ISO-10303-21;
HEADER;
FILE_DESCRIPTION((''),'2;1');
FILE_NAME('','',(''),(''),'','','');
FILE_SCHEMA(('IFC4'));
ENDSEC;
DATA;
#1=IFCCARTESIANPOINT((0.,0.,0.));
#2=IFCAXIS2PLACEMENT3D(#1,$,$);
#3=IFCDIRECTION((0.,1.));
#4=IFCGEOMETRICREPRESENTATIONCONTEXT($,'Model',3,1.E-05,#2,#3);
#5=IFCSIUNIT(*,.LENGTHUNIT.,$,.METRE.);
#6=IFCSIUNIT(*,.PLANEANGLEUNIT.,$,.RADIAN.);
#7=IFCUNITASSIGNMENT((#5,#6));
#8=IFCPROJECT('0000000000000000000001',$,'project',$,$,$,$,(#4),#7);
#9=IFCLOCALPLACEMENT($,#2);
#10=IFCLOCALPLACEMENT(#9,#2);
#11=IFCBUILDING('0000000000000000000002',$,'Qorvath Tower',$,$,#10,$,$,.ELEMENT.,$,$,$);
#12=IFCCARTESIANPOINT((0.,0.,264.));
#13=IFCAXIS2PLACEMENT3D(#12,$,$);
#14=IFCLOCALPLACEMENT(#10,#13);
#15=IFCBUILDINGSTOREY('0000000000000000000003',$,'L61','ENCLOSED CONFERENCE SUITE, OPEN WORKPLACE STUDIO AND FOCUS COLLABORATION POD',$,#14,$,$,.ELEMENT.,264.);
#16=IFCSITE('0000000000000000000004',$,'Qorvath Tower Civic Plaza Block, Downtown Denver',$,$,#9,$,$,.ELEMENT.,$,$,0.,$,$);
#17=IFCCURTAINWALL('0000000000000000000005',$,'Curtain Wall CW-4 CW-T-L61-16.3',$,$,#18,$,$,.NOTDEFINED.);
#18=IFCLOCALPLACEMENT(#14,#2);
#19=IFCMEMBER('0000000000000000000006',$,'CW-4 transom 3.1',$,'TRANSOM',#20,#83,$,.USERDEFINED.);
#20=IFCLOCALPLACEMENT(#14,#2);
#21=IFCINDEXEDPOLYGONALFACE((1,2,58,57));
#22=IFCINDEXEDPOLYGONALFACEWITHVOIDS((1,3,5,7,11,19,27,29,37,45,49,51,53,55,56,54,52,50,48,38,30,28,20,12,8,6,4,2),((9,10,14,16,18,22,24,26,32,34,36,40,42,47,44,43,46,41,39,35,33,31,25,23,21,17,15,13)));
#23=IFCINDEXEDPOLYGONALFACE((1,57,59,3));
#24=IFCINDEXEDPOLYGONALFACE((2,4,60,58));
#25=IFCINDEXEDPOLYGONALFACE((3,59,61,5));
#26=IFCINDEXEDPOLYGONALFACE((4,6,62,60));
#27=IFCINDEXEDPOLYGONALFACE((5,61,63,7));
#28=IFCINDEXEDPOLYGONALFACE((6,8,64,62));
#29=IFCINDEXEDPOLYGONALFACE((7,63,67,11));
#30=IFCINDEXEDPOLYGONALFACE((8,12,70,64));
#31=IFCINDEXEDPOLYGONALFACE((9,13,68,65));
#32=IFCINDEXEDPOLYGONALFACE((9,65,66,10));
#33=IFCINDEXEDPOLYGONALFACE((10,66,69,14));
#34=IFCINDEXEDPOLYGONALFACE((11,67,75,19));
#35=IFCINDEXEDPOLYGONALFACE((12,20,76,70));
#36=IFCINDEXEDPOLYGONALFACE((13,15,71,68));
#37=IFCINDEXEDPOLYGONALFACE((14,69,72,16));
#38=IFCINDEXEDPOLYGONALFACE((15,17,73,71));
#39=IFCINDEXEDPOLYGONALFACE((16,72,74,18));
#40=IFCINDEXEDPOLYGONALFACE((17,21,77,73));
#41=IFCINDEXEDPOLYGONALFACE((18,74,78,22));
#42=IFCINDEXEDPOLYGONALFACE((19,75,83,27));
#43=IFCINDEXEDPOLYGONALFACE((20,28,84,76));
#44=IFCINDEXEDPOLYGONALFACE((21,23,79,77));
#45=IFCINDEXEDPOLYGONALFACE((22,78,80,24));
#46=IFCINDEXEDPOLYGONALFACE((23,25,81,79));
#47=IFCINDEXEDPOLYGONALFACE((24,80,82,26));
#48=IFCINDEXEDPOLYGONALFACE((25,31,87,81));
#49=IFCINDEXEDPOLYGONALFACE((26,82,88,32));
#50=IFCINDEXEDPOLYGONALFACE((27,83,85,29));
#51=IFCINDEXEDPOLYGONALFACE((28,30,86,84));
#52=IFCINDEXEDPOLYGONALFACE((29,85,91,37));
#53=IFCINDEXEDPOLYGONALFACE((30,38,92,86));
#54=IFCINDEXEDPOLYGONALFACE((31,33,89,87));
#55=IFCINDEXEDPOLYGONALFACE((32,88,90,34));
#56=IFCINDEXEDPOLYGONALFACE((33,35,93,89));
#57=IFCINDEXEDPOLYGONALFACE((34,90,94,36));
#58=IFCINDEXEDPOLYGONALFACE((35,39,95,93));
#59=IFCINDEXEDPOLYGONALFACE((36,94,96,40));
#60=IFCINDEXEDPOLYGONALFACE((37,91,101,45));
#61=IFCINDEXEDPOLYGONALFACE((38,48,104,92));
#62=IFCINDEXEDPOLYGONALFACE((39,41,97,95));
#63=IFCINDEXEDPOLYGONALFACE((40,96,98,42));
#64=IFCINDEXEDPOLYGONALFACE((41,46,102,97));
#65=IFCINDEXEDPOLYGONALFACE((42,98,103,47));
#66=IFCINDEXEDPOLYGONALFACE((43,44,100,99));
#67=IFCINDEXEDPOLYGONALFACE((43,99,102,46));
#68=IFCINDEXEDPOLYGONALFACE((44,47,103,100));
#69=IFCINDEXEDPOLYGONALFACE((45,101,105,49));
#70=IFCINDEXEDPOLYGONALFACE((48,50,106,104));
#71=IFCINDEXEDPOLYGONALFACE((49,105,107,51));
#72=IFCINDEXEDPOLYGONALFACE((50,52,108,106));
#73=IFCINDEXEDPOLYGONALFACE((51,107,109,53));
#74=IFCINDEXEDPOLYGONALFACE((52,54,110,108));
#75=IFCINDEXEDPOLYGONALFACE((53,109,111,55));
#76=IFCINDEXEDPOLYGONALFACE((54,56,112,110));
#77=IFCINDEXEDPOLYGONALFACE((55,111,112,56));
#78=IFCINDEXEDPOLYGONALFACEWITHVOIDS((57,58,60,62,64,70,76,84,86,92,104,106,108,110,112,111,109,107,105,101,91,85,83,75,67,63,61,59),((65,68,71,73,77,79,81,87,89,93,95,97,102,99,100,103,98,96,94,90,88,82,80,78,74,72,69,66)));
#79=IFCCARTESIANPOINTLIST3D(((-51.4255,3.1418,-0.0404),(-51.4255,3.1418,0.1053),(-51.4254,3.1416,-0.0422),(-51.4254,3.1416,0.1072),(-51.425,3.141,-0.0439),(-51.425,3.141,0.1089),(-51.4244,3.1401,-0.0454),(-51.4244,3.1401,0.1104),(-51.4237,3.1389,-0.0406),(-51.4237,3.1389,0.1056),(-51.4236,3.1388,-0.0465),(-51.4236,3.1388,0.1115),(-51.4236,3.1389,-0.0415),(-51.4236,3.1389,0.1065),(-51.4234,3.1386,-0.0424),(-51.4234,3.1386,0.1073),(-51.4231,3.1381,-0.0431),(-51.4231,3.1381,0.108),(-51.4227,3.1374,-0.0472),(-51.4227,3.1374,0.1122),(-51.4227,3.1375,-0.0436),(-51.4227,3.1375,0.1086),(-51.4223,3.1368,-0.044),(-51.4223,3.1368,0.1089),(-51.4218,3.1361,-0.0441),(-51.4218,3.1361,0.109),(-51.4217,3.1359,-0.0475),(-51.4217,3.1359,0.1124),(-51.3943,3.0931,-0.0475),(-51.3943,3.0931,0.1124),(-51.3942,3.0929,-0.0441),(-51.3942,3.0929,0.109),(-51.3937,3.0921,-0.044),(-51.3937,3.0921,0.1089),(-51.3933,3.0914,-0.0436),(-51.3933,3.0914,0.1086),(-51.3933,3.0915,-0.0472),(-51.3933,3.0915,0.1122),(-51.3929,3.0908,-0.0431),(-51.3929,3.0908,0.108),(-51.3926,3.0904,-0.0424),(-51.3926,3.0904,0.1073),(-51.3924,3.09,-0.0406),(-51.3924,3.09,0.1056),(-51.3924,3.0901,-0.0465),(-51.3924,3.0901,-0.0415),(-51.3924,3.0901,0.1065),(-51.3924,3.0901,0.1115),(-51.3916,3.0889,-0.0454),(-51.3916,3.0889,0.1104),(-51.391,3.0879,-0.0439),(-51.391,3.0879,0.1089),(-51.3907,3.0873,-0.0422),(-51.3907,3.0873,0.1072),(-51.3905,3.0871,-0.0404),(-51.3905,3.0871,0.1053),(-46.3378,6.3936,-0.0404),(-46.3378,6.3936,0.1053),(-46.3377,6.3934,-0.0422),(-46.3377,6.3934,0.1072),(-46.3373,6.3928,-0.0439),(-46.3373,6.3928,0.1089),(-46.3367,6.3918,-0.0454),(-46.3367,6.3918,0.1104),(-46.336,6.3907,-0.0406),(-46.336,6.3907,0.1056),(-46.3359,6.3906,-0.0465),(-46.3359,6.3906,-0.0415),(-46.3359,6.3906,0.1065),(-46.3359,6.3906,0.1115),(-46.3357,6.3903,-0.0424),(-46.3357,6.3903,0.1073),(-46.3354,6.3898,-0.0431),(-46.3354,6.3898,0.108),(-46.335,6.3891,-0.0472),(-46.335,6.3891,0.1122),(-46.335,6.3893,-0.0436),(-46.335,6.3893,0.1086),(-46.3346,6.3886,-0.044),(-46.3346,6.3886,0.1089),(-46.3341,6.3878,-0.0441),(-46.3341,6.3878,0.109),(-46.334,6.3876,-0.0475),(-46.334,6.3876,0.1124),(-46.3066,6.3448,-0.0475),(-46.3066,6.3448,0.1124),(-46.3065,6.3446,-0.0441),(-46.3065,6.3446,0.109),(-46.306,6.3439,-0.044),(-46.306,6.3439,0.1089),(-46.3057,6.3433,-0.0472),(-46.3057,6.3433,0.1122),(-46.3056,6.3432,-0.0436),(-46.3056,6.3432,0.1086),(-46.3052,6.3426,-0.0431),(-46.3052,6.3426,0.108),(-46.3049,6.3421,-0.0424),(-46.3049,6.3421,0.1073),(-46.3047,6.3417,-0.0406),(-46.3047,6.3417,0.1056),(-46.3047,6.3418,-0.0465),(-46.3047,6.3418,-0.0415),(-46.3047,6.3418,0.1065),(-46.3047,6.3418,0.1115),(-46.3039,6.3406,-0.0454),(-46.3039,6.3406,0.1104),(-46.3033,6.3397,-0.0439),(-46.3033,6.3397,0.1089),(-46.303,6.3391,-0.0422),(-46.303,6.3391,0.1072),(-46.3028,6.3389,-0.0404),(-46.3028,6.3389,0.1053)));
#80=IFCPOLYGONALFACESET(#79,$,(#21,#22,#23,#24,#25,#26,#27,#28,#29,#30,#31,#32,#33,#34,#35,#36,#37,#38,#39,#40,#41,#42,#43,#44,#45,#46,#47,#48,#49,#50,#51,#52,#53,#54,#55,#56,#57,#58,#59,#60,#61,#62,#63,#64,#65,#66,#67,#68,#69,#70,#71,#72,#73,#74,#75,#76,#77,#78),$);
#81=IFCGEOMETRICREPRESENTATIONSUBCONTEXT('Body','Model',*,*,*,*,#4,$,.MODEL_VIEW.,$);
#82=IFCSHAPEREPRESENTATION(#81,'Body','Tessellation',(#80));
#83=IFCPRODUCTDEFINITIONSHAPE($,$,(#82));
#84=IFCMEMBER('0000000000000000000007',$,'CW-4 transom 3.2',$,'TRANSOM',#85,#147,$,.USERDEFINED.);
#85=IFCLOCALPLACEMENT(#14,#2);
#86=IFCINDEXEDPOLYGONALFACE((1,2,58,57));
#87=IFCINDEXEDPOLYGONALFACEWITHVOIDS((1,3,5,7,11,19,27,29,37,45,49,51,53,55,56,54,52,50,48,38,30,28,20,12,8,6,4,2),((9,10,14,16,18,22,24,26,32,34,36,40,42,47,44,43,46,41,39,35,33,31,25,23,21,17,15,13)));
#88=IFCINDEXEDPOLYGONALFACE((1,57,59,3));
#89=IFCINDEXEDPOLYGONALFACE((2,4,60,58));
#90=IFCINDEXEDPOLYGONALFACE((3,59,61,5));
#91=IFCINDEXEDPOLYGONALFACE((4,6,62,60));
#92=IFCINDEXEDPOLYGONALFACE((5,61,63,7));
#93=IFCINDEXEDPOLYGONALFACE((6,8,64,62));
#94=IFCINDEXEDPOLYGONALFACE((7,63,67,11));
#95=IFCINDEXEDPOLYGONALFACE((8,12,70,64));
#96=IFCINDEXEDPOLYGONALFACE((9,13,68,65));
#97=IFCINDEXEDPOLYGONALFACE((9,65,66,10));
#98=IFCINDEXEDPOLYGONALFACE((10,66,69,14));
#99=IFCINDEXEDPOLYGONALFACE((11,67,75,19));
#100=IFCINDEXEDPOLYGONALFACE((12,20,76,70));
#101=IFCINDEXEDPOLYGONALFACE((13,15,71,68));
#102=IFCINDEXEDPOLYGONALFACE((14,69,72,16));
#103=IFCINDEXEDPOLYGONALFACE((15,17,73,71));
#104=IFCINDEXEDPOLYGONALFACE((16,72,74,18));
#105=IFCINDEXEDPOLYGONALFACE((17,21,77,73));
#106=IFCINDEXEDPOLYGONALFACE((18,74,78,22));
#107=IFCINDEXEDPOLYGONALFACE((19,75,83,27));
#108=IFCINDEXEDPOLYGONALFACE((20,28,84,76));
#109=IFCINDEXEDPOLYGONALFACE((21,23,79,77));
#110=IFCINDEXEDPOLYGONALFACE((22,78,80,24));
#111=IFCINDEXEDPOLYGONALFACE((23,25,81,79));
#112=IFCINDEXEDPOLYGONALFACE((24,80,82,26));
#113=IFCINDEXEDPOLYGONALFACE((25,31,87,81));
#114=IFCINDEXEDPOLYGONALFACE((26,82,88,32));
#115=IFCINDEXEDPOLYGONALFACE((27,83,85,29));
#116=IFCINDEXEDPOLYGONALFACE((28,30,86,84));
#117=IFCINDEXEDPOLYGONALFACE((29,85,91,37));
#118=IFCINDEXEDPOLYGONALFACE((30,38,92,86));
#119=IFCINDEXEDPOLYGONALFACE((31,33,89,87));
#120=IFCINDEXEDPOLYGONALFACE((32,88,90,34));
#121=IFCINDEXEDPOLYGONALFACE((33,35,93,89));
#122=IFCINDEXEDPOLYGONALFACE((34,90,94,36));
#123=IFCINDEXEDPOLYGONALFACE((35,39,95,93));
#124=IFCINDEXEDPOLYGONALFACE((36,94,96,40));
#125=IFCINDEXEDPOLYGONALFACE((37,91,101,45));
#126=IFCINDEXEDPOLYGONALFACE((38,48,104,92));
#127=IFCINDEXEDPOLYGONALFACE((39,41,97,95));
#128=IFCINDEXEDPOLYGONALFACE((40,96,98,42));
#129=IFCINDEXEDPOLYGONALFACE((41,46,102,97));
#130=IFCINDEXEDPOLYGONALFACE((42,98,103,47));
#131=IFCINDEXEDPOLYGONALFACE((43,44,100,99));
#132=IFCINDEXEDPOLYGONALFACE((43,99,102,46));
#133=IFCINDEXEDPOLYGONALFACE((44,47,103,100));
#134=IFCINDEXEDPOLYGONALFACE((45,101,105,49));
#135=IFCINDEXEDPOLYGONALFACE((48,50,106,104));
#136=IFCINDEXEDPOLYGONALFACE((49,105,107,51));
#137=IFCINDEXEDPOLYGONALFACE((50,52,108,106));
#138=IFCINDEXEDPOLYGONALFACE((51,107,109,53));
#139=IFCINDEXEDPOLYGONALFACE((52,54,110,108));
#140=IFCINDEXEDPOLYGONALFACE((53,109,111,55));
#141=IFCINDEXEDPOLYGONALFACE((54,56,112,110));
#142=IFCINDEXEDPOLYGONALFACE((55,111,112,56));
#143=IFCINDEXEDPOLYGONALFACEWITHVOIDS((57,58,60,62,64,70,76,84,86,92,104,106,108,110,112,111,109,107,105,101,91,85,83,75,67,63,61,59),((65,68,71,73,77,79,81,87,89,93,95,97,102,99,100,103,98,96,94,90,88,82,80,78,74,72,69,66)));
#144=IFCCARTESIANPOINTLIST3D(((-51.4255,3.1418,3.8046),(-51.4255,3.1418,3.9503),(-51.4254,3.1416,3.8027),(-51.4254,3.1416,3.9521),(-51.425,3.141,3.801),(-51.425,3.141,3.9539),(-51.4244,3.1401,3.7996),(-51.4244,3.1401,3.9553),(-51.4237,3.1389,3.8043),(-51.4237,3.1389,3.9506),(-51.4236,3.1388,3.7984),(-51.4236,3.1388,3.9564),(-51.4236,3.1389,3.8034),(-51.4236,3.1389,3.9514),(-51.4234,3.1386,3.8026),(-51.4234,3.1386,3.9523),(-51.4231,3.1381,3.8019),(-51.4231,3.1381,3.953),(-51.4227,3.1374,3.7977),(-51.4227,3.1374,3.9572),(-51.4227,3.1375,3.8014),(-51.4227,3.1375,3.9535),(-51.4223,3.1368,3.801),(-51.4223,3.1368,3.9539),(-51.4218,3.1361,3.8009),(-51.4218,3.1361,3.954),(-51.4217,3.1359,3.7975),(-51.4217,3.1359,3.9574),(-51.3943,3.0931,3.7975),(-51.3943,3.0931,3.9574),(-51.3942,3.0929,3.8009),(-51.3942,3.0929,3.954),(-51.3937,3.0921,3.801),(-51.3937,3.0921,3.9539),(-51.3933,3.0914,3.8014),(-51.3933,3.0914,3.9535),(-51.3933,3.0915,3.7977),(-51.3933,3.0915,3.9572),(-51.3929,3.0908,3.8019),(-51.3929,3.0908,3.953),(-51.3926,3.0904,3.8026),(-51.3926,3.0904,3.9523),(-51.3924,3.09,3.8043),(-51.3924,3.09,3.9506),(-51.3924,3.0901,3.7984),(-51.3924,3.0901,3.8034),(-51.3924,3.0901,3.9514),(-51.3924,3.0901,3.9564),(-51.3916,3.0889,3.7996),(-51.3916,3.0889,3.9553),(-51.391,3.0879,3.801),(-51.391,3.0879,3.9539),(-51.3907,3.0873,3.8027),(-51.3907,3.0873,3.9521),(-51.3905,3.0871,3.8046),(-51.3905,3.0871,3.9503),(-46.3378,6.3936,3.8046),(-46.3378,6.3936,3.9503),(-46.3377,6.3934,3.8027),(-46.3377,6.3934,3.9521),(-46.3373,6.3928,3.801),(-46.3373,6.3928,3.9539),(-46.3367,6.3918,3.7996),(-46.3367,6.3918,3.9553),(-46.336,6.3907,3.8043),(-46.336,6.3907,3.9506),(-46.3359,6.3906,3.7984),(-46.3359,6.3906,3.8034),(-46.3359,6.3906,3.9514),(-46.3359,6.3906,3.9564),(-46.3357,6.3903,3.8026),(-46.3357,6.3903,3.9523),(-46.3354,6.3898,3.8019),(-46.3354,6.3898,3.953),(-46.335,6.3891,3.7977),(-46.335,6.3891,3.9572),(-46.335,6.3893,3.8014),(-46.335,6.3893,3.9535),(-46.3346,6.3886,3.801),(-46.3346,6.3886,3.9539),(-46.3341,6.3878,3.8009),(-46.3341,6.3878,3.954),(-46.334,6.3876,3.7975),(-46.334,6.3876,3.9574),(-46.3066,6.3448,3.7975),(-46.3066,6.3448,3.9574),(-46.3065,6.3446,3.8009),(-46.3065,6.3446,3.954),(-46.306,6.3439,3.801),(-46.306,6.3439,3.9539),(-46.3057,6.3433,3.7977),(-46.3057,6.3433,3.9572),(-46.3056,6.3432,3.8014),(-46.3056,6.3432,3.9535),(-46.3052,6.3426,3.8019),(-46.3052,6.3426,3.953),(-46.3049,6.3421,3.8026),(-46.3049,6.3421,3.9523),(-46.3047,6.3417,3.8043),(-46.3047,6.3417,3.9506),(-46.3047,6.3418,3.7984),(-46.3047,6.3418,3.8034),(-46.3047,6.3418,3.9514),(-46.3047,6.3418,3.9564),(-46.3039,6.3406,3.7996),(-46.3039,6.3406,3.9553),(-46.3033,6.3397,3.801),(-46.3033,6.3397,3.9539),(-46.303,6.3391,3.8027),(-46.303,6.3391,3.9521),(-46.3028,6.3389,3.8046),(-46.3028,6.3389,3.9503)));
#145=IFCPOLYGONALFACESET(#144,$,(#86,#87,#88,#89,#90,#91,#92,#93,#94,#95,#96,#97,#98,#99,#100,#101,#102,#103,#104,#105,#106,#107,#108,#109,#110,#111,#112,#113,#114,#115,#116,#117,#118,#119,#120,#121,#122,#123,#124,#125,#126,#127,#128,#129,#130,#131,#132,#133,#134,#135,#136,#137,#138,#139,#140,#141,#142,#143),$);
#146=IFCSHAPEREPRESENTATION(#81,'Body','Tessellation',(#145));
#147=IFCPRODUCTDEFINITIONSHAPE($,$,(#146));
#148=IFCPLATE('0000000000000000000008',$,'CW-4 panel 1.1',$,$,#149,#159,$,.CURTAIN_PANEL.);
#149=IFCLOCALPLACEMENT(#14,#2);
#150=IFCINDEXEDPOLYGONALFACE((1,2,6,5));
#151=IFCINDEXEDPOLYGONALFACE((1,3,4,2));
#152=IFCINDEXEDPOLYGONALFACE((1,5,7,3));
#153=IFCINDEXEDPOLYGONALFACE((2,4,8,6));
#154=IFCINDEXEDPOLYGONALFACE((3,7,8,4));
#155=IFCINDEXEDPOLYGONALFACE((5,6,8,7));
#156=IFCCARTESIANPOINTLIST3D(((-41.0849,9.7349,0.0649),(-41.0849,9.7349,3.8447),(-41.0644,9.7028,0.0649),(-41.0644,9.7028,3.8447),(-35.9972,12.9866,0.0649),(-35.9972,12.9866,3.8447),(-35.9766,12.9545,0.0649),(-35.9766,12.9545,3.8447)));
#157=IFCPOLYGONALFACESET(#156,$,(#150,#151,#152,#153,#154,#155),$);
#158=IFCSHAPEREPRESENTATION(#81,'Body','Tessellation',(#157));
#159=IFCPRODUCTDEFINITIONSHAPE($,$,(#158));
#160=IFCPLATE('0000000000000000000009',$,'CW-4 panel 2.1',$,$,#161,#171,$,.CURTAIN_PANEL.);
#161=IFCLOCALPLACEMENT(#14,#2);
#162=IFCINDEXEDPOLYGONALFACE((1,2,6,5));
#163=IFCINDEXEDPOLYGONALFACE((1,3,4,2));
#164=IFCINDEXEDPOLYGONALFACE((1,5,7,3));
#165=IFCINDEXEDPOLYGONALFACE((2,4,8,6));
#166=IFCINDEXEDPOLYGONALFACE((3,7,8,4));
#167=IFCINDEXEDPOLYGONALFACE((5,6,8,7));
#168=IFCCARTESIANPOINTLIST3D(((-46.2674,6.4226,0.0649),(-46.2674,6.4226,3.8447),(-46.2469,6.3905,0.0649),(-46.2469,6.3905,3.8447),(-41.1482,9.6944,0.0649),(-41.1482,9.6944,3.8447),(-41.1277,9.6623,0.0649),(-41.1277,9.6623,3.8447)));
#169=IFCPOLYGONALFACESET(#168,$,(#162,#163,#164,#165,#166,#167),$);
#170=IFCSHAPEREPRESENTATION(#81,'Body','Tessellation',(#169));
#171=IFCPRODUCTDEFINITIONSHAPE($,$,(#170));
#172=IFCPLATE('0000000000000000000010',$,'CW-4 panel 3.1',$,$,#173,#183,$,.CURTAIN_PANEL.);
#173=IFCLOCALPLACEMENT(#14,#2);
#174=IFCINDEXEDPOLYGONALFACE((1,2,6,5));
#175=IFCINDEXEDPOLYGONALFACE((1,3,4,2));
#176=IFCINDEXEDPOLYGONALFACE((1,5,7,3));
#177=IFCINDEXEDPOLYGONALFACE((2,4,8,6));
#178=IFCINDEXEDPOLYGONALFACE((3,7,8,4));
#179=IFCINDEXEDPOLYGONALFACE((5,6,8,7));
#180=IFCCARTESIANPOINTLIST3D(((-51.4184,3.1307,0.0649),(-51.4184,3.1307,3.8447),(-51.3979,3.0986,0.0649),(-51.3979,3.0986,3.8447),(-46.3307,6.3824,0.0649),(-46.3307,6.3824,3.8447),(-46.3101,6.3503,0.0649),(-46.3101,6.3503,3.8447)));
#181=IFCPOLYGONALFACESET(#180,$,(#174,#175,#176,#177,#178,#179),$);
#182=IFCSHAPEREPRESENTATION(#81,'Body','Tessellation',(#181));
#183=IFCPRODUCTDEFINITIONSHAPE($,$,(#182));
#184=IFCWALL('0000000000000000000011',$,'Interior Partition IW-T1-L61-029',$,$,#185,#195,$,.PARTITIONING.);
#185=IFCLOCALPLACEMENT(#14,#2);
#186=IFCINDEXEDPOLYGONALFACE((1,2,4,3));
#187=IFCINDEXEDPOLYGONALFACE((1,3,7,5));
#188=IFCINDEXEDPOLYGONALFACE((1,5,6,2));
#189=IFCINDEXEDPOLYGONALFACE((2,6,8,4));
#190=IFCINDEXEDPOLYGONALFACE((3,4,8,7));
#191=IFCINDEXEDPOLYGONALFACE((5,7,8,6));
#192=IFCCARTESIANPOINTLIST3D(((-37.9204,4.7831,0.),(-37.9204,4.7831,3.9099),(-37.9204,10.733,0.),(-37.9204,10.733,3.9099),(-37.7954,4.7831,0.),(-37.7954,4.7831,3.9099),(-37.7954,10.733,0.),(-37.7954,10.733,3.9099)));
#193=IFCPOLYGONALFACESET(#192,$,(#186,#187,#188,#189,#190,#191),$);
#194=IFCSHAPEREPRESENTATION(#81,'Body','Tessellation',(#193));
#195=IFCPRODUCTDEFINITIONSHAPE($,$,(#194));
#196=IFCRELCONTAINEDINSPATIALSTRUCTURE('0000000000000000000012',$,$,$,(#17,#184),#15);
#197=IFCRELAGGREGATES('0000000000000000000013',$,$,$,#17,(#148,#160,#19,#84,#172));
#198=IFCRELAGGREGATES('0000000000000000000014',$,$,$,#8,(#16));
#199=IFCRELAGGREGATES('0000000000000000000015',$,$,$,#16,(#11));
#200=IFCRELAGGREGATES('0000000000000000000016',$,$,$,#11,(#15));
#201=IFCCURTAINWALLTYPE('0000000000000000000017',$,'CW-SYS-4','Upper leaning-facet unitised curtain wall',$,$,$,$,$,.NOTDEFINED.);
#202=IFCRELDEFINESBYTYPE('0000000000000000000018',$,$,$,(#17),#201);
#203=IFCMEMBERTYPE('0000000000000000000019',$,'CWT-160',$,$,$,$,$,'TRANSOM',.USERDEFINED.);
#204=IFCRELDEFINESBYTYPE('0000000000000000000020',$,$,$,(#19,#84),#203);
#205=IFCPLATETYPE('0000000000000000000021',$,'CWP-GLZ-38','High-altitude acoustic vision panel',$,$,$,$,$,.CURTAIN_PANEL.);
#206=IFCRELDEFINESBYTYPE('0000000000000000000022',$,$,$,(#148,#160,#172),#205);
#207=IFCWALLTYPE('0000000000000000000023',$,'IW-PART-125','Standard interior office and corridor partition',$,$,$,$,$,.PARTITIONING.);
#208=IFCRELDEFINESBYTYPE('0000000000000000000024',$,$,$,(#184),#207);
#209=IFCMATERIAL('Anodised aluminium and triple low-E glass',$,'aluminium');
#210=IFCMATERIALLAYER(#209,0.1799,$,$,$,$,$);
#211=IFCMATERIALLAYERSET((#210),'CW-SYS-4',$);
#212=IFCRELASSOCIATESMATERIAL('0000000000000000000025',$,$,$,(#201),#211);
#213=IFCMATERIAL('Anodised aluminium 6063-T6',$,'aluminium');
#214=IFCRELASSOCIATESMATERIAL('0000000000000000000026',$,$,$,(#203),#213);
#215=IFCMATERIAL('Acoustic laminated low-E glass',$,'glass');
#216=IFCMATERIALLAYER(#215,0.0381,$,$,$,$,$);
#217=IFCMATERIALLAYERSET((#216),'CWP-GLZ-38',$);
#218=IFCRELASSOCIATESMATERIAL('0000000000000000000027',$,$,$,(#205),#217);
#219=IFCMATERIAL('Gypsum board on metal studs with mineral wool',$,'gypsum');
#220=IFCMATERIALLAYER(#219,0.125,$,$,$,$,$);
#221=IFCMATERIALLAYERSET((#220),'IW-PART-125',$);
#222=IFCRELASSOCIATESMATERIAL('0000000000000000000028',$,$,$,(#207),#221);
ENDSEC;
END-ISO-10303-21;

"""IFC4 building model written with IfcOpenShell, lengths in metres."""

from ifc_helpers import new_model, si_unit, direction, frame, frame_2d, origin, origin_2d, place, context, subcontext, project, spatial, rectangle, hollow_rectangle, extrude, material, layer, layer_set, material_profile, profile_set, type_object, element, aggregate, save


model = new_model("IFC4")

# Units and contexts
model_context = context("Model", 3, precision=1e-05, world=origin(), true_north=direction((0.0, 1.0)))
body_context = subcontext(model_context, "Body", "Model", "MODEL_VIEW")
ifc_project = project(units=[si_unit("LENGTHUNIT", "METRE"), si_unit("PLANEANGLEUNIT", "RADIAN")], contexts=[model_context])

# Site, building, storey
site_placement = place(None, origin())
site = spatial("IfcSite", under=ifc_project, at=site_placement, Name="Qorvath Tower Civic Plaza Block, Downtown Denver", CompositionType="ELEMENT", RefElevation=0.0)
building_placement = place(site_placement, origin())
building = spatial("IfcBuilding", under=site, at=building_placement, Name="Qorvath Tower", CompositionType="ELEMENT")
storey_placement = place(building_placement, frame((0.0, 0.0, 264.0)))
storey = spatial("IfcBuildingStorey", under=building, at=storey_placement, Name="L61", Description="ENCLOSED CONFERENCE SUITE, OPEN WORKPLACE STUDIO AND FOCUS COLLABORATION POD", CompositionType="ELEMENT", Elevation=264.0)

# Curtain wall, members, plates
ifc_material_1 = material(Name="Anodised aluminium and triple low-E glass", Category="aluminium")
ifc_layer_1 = layer(ifc_material_1, 0.1799)
ifc_layer_set_1 = layer_set([ifc_layer_1], Name="CW-SYS-4")
curtain_wall_type = type_object("IfcCurtainWallType", Name="CW-SYS-4", Description="Upper leaning-facet unitised curtain wall", PredefinedType="NOTDEFINED", material=ifc_layer_set_1)
curtain_wall_placement = place(storey_placement, origin())
curtain_wall = element("IfcCurtainWall", 1, at=curtain_wall_placement, inside=storey, type_object=curtain_wall_type, Name="Curtain Wall CW-4 CW-T-L61-16.3", PredefinedType="NOTDEFINED")
ifc_material_2 = material(Name="Anodised aluminium 6063-T6", Category="aluminium")
ifc_material_profile_1 = material_profile(ifc_material_2, hollow_rectangle(XDim=0.0649, YDim=0.1599, WallThickness=0.0034, InnerFilletRadius=0.0034, OuterFilletRadius=0.0071, at=origin_2d()), Name="CWT 160x65")
ifc_profile_set_1 = profile_set([ifc_material_profile_1], Name="Anodised aluminium 6063-T6")
member_type_1 = type_object("IfcMemberType", Name="CWT-160", ElementType="TRANSOM", PredefinedType="USERDEFINED", material=ifc_profile_set_1)
member_1_placement = place(storey_placement, frame((-46.3203, 6.3662, 0.0325), z_axis=(-0.842601, -0.538538, 0.0), x_axis=(0.538538, -0.842601, 0.0)))
member_1 = element("IfcMember", 2, at=member_1_placement, type_object=member_type_1, Name="CW-4 transom 3.1", ObjectType="TRANSOM", PredefinedType="USERDEFINED", context=body_context, shape_type="SweptSolid", body=[
    extrude(hollow_rectangle(XDim=0.0649, YDim=0.1599, WallThickness=0.0034, InnerFilletRadius=0.0034, OuterFilletRadius=0.0071, at=origin_2d()), origin(), (0.0, 0.0, 1.0), 6.0381),
])
member_2_placement = place(storey_placement, frame((-46.3203, 6.3662, 3.8774), z_axis=(-0.842601, -0.538538, 0.0), x_axis=(0.538538, -0.842601, 0.0)))
member_2 = element("IfcMember", 3, at=member_2_placement, type_object=member_type_1, Name="CW-4 transom 3.2", ObjectType="TRANSOM", PredefinedType="USERDEFINED", context=body_context, shape_type="SweptSolid", body=[
    extrude(hollow_rectangle(XDim=0.0649, YDim=0.1599, WallThickness=0.0034, InnerFilletRadius=0.0034, OuterFilletRadius=0.0071, at=origin_2d()), origin(), (0.0, 0.0, 1.0), 6.0381),
])
ifc_material_3 = material(Name="Acoustic laminated low-E glass", Category="glass")
ifc_layer_2 = layer(ifc_material_3, 0.0381)
ifc_layer_set_2 = layer_set([ifc_layer_2], Name="CWP-GLZ-38")
plate_type = type_object("IfcPlateType", Name="CWP-GLZ-38", Description="High-altitude acoustic vision panel", PredefinedType="CURTAIN_PANEL", material=ifc_layer_set_2)
plate_1_placement = place(storey_placement, frame((-38.5308, 11.3447, 0.0649), z_axis=(0.0, 0.0, 1.0), x_axis=(-0.842604, -0.538533, 0.0)))
plate_1 = element("IfcPlate", 4, at=plate_1_placement, type_object=plate_type, Name="CW-4 panel 1.1", PredefinedType="CURTAIN_PANEL", context=body_context, shape_type="SweptSolid", body=[
    extrude(rectangle(XDim=6.0381, YDim=0.0381, at=origin_2d()), origin(), (0.0, 0.0, 1.0), 3.7798),
])
plate_2_placement = place(storey_placement, frame((-43.6975, 8.0425, 0.0649), z_axis=(0.0, 0.0, 1.0), x_axis=(-0.842604, -0.538533, 0.0)))
plate_2 = element("IfcPlate", 5, at=plate_2_placement, type_object=plate_type, Name="CW-4 panel 2.1", PredefinedType="CURTAIN_PANEL", context=body_context, shape_type="SweptSolid", body=[
    extrude(rectangle(XDim=6.0754, YDim=0.0381, at=origin_2d()), origin(), (0.0, 0.0, 1.0), 3.7798),
])
plate_3_placement = place(storey_placement, frame((-48.8643, 4.7405, 0.0649), z_axis=(0.0, 0.0, 1.0), x_axis=(-0.842604, -0.538533, 0.0)))
plate_3 = element("IfcPlate", 6, at=plate_3_placement, type_object=plate_type, Name="CW-4 panel 3.1", PredefinedType="CURTAIN_PANEL", context=body_context, shape_type="SweptSolid", body=[
    extrude(rectangle(XDim=6.0381, YDim=0.0381, at=origin_2d()), origin(), (0.0, 0.0, 1.0), 3.7798),
])
aggregate(curtain_wall, [plate_1, plate_2, member_1, member_2, plate_3])

# Wall
ifc_material_4 = material(Name="Gypsum board on metal studs with mineral wool", Category="gypsum")
ifc_layer_3 = layer(ifc_material_4, 0.125)
ifc_layer_set_3 = layer_set([ifc_layer_3], Name="IW-PART-125")
wall_type_1 = type_object("IfcWallType", Name="IW-PART-125", Description="Standard interior office and corridor partition", PredefinedType="PARTITIONING", material=ifc_layer_set_3)
wall_1_placement = place(storey_placement, frame((-37.8579, 10.7332, 0.0), z_axis=(0.0, 0.0, 1.0), x_axis=(0.0, -1.0, 0.0)))
element("IfcWall", 7, at=wall_1_placement, inside=storey, type_object=wall_type_1, Name="Interior Partition IW-T1-L61-029", PredefinedType="PARTITIONING", context=body_context, shape_type="SweptSolid", body=[
    extrude(rectangle(XDim=5.95, YDim=0.125, at=frame_2d((2.9751, 0.0))), origin(), (0.0, 0.0, 1.0), 3.9099),
])

save(model, "model.ifc")
